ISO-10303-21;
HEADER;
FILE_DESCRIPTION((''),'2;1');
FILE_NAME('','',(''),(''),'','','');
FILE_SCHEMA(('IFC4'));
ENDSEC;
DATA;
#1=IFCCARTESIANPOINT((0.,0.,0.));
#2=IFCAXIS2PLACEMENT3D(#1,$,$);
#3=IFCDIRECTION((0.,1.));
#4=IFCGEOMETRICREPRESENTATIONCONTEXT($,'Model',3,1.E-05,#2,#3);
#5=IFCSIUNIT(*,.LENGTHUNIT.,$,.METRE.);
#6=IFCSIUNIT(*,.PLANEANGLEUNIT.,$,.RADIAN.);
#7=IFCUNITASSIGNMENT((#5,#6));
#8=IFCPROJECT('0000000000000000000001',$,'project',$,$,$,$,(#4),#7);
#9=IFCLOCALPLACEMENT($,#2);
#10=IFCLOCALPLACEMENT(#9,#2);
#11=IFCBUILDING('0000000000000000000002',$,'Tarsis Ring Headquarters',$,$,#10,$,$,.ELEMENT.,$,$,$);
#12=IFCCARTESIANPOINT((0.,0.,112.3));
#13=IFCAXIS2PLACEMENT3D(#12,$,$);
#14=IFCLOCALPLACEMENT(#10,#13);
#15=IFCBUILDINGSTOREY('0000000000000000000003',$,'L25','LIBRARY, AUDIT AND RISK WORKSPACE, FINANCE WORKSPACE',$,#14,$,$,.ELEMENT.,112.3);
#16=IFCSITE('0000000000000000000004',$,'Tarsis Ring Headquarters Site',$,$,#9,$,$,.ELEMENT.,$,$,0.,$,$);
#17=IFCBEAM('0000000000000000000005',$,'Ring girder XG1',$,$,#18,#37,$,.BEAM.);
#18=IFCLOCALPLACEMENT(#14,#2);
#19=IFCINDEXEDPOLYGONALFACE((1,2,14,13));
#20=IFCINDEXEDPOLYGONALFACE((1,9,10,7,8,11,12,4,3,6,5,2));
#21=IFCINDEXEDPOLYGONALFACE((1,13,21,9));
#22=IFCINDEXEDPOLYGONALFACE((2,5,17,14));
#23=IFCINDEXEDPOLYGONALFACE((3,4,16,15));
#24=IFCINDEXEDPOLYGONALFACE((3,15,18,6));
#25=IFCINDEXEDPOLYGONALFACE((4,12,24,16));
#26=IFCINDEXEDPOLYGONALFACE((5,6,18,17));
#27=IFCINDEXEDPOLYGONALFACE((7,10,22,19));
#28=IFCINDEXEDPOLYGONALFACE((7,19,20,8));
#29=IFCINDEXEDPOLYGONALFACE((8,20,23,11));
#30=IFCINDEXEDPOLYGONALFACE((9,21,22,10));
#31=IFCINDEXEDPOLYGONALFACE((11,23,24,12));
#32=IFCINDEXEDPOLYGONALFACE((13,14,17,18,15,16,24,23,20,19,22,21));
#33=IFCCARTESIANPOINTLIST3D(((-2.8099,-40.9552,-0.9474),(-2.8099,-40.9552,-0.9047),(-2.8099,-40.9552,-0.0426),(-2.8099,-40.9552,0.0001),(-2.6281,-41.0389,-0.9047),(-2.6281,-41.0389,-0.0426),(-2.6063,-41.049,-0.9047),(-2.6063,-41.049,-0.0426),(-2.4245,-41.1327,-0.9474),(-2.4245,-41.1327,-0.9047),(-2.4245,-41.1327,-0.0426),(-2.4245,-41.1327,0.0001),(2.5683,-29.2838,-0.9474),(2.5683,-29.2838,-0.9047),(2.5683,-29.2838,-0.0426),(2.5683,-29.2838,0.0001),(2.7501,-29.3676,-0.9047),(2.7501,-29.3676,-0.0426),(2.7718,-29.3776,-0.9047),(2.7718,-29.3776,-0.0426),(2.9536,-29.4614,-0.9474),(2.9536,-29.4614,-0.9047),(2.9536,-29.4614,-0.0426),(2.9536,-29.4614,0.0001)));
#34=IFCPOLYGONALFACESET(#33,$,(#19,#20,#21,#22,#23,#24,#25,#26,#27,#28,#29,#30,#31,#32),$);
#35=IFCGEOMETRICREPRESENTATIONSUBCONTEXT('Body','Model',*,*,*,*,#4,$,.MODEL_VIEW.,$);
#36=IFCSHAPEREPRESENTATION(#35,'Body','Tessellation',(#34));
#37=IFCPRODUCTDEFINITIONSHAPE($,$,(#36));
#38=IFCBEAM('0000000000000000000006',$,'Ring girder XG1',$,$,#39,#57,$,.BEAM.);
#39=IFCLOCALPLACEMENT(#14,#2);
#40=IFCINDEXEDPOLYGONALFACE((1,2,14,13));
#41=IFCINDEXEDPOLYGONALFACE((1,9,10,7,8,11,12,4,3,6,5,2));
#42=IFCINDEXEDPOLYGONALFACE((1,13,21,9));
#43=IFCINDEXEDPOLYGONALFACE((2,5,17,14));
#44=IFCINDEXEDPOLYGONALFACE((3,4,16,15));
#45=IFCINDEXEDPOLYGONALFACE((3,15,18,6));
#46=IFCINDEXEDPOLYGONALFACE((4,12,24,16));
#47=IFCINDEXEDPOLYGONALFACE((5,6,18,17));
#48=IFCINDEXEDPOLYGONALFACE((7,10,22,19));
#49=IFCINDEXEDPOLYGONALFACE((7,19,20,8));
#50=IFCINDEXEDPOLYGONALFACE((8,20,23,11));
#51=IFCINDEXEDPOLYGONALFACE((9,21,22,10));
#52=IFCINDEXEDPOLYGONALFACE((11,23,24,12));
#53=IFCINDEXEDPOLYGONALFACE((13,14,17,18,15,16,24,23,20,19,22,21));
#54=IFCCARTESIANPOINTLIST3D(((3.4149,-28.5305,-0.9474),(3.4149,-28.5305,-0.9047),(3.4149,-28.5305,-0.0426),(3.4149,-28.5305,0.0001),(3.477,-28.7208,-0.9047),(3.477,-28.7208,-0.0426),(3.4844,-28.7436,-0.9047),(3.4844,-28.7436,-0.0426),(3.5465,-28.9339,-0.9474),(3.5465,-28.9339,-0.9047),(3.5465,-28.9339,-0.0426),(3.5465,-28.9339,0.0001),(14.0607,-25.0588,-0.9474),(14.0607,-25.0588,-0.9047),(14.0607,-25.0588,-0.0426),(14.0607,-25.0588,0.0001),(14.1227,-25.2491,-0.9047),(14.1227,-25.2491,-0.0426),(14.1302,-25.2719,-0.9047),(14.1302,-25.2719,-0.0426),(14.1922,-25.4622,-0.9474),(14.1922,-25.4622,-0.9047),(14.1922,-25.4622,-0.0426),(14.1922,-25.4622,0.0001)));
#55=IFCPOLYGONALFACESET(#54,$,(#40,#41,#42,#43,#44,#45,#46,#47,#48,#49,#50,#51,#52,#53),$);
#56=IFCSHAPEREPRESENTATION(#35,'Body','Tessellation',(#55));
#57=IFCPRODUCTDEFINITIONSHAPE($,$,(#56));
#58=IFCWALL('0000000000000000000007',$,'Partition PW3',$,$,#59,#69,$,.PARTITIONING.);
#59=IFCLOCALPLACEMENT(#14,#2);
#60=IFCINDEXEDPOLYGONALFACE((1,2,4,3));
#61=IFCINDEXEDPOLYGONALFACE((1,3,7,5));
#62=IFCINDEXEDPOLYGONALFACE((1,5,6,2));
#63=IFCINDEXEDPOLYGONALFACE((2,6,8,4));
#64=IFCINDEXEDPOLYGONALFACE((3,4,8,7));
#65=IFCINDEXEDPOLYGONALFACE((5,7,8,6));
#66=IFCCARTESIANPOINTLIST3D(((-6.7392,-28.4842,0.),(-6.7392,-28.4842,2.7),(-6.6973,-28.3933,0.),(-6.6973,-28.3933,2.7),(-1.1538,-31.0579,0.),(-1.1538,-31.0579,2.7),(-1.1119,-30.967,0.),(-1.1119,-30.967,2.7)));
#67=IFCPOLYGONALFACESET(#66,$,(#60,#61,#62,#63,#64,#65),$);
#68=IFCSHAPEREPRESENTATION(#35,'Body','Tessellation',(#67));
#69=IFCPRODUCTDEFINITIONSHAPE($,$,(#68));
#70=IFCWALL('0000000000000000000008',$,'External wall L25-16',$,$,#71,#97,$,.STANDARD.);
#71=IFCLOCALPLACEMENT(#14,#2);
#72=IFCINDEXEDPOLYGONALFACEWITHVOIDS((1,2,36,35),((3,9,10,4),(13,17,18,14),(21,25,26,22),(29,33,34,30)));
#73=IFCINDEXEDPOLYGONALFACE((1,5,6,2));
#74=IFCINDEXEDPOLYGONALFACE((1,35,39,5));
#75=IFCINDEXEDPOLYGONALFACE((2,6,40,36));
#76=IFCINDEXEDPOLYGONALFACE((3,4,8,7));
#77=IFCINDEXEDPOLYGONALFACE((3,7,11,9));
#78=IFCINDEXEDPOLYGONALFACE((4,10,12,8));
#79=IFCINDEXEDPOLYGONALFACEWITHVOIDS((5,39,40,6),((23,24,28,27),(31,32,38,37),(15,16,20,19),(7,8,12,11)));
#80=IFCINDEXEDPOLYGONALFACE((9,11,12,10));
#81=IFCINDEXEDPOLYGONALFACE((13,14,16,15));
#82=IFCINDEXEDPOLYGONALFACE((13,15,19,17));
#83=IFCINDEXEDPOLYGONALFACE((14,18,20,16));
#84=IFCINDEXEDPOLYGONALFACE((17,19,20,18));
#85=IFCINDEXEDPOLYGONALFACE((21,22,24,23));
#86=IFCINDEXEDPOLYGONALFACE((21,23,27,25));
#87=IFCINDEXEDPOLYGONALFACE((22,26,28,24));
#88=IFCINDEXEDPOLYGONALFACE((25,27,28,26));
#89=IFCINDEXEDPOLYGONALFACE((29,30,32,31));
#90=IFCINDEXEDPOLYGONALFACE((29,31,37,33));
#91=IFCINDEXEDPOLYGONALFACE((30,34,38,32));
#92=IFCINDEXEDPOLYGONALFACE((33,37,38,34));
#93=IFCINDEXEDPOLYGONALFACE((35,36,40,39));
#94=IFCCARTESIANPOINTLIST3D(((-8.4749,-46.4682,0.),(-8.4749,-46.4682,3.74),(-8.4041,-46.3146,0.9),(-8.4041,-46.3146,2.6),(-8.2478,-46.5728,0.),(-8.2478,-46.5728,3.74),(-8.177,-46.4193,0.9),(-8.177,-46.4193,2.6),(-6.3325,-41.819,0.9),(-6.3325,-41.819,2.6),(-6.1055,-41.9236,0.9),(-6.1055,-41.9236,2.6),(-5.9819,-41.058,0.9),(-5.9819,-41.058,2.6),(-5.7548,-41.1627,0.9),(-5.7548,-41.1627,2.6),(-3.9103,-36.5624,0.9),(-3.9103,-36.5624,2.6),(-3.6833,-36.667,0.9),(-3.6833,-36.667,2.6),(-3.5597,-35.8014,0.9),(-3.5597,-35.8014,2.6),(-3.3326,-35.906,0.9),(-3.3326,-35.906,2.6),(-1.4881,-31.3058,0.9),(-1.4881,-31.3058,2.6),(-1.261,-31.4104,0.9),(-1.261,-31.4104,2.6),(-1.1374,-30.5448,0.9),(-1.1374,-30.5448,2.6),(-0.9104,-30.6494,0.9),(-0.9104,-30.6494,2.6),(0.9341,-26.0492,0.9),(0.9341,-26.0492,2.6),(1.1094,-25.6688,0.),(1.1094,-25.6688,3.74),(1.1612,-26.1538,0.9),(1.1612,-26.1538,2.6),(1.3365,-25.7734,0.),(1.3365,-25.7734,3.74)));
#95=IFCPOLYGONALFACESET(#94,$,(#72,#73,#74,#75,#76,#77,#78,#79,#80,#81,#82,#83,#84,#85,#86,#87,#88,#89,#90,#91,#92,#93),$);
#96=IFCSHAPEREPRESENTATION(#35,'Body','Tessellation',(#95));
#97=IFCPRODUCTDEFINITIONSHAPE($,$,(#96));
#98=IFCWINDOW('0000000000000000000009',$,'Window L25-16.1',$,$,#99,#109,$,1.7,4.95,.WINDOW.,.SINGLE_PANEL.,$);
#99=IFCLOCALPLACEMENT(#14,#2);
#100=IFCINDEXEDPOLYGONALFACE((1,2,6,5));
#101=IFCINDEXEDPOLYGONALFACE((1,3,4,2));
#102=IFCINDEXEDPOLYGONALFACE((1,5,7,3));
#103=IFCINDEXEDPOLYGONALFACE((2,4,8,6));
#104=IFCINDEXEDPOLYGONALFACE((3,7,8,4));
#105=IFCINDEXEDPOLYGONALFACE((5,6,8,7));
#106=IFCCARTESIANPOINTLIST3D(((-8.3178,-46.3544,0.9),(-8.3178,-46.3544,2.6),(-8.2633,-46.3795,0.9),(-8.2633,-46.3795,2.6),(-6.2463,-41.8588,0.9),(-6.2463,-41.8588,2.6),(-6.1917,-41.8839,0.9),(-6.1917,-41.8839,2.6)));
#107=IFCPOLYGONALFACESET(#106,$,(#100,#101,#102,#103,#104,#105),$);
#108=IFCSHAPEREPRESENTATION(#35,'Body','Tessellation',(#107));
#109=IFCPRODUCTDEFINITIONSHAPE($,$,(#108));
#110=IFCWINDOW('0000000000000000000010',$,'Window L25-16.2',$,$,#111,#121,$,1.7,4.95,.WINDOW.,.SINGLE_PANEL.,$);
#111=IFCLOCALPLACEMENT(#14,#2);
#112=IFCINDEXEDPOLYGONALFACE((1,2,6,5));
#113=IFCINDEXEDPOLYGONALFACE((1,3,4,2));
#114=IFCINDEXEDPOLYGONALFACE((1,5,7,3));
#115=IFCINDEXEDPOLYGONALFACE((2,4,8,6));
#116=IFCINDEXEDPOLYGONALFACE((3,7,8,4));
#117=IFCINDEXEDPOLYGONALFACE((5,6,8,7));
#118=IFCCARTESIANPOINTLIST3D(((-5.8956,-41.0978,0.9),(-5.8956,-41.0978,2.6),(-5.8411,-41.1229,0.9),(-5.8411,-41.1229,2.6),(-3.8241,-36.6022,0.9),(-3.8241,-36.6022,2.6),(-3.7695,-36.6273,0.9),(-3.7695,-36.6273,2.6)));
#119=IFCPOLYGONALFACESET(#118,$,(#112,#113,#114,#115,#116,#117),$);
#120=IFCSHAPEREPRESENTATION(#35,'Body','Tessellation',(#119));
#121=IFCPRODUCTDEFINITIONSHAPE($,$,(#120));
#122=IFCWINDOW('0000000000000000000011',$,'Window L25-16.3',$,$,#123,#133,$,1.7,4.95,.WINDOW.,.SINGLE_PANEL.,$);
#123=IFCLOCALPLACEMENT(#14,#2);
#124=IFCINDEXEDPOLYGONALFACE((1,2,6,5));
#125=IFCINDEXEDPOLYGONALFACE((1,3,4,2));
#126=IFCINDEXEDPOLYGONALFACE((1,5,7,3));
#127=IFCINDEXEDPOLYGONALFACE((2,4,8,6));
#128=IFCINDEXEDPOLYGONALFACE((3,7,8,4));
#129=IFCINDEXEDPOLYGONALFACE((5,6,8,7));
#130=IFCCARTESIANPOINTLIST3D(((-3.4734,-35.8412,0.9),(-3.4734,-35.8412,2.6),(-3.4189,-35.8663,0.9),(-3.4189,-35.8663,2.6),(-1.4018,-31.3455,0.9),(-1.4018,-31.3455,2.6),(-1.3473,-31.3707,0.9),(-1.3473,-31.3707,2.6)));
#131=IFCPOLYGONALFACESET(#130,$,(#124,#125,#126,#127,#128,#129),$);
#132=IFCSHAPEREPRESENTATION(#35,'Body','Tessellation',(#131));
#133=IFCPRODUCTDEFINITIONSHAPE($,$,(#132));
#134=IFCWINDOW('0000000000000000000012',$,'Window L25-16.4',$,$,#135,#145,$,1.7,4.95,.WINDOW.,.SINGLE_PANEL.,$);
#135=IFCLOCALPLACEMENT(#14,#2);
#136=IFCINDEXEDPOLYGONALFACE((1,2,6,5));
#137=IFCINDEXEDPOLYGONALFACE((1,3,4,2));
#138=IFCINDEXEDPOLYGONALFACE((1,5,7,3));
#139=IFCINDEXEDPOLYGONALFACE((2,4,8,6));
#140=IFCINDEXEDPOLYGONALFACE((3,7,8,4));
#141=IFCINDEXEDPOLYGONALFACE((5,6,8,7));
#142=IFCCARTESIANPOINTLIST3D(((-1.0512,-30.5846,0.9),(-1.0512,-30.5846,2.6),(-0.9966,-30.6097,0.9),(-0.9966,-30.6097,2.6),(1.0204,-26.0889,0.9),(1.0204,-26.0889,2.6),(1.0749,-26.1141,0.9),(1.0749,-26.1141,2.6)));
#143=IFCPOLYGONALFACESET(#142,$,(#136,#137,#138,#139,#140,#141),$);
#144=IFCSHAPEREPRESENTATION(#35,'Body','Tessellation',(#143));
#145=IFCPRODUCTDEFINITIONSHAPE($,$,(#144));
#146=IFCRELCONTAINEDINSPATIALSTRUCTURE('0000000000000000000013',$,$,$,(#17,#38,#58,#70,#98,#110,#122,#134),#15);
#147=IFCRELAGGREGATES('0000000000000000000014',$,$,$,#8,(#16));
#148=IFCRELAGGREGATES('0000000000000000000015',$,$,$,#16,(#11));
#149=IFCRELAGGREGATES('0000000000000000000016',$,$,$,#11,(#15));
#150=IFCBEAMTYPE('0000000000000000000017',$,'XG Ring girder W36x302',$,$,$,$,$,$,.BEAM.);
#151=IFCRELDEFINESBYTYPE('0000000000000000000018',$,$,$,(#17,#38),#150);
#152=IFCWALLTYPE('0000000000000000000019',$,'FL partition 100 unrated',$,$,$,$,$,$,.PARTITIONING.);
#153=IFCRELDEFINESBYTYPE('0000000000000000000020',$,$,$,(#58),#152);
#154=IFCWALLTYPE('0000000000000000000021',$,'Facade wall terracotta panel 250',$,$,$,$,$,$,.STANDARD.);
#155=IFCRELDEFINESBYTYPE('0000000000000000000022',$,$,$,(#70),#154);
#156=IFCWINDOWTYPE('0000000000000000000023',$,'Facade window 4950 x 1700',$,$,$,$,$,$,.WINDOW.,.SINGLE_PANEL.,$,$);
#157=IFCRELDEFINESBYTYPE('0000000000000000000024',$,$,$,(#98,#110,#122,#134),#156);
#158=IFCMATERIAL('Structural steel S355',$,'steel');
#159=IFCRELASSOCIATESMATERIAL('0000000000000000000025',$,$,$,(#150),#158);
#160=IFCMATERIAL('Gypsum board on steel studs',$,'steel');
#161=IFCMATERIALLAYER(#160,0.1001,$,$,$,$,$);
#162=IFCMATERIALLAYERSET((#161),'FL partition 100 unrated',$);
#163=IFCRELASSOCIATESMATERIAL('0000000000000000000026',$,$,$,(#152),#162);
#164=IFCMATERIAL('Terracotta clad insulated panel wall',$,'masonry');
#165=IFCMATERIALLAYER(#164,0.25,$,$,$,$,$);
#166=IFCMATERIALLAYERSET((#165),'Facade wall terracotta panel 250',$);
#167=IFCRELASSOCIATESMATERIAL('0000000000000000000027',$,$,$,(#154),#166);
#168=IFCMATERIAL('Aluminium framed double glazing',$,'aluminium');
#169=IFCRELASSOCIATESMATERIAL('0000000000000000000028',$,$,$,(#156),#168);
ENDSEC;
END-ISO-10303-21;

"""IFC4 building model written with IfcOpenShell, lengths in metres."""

from ifc_helpers import new_model, si_unit, direction, frame, frame_2d, origin, origin_2d, place, context, subcontext, project, spatial, rectangle, i_section, extrude, material, layer, layer_set, material_profile, profile_set, type_object, element, fill, save


model = new_model("IFC4")

# Units and contexts
model_context = context("Model", 3, precision=1e-05, world=origin(), true_north=direction((0.0, 1.0)))
body_context = subcontext(model_context, "Body", "Model", "MODEL_VIEW")
ifc_project = project(units=[si_unit("LENGTHUNIT", "METRE"), si_unit("PLANEANGLEUNIT", "RADIAN")], contexts=[model_context])

# Site, building, storey
site_placement = place(None, origin())
site = spatial("IfcSite", under=ifc_project, at=site_placement, Name="Tarsis Ring Headquarters Site", CompositionType="ELEMENT", RefElevation=0.0)
building_placement = place(site_placement, origin())
building = spatial("IfcBuilding", under=site, at=building_placement, Name="Tarsis Ring Headquarters", CompositionType="ELEMENT")
storey_placement = place(building_placement, frame((0.0, 0.0, 112.3)))
storey = spatial("IfcBuildingStorey", under=building, at=storey_placement, Name="L25", Description="LIBRARY, AUDIT AND RISK WORKSPACE, FINANCE WORKSPACE", CompositionType="ELEMENT", Elevation=112.3)

# Shared definitions
ifc_material_1 = material(Name="Structural steel S355", Category="steel")

# Beams
ifc_material_profile_1 = material_profile(ifc_material_1, i_section(OverallWidth=0.4243, OverallDepth=0.9475, WebThickness=0.0239, FlangeThickness=0.0427, at=origin_2d()), Name="W36x302")
ifc_profile_set_1 = profile_set([ifc_material_profile_1], Name="Structural steel S355")
beam_type = type_object("IfcBeamType", Name="XG Ring girder W36x302", PredefinedType="BEAM", material=ifc_profile_set_1)
beam_1_placement = place(storey_placement, frame((-2.6172, -41.0439, -0.4736), z_axis=(0.418505, 0.908214, 0.0), x_axis=(-0.908214, 0.418505, 0.0)))
element("IfcBeam", 1, at=beam_1_placement, inside=storey, type_object=beam_type, Name="Ring girder XG1", PredefinedType="BEAM", context=body_context, shape_type="SweptSolid", body=[
    extrude(i_section(OverallWidth=0.4243, OverallDepth=0.9475, WebThickness=0.0239, FlangeThickness=0.0427, at=origin_2d()), origin(), (0.0, 0.0, 1.0), 12.8508),
])
beam_2_placement = place(storey_placement, frame((3.4807, -28.7322, -0.4736), z_axis=(0.950724, 0.31004, 0.0), x_axis=(-0.31004, 0.950724, 0.0)))
element("IfcBeam", 2, at=beam_2_placement, inside=storey, type_object=beam_type, Name="Ring girder XG1", PredefinedType="BEAM", context=body_context, shape_type="SweptSolid", body=[
    extrude(i_section(OverallWidth=0.4243, OverallDepth=0.9475, WebThickness=0.0239, FlangeThickness=0.0427, at=origin_2d()), origin(), (0.0, 0.0, 1.0), 11.1975),
])

# Wall
ifc_material_2 = material(Name="Gypsum board on steel studs", Category="steel")
ifc_layer_1 = layer(ifc_material_2, 0.1001)
ifc_layer_set_1 = layer_set([ifc_layer_1], Name="FL partition 100 unrated")
wall_type_1 = type_object("IfcWallType", Name="FL partition 100 unrated", PredefinedType="PARTITIONING", material=ifc_layer_set_1)
wall_1_placement = place(storey_placement, frame((-6.7183, -28.4387, 0.0), z_axis=(0.0, 0.0, 1.0), x_axis=(0.908217, -0.418499, 0.0)))
element("IfcWall", 3, at=wall_1_placement, inside=storey, type_object=wall_type_1, Name="Partition PW3", PredefinedType="PARTITIONING", context=body_context, shape_type="SweptSolid", body=[
    extrude(rectangle(XDim=6.1499, YDim=0.1001, at=frame_2d((3.075, 0.0))), origin(), (0.0, 0.0, 1.0), 2.7),
])

# Wall, openings, windows
ifc_material_3 = material(Name="Terracotta clad insulated panel wall", Category="masonry")
ifc_layer_2 = layer(ifc_material_3, 0.25)
ifc_layer_set_2 = layer_set([ifc_layer_2], Name="Facade wall terracotta panel 250")
wall_type_2 = type_object("IfcWallType", Name="Facade wall terracotta panel 250", PredefinedType="STANDARD", material=ifc_layer_set_2)
wall_2_placement = place(storey_placement, frame((-8.3613, -46.5205, 0.0), z_axis=(0.0, 0.0, 1.0), x_axis=(0.418502, 0.908216, 0.0)))
wall_2 = element("IfcWall", 4, at=wall_2_placement, inside=storey, type_object=wall_type_2, Name="External wall L25-16", PredefinedType="STANDARD", context=body_context, shape_type="SweptSolid", body=[
    extrude(rectangle(XDim=22.9014, YDim=0.25, at=frame_2d((11.4507, 0.0))), origin(), (0.0, 0.0, 1.0), 3.74),
])
opening_1_placement = place(wall_2_placement, frame((0.1689, 0.0, 0.8999)))
opening_1 = element("IfcOpeningElement", 5, at=opening_1_placement, cuts=wall_2, PredefinedType="OPENING", context=body_context, shape_type="SweptSolid", body=[
    extrude(rectangle(XDim=4.95, YDim=1.7, at=frame_2d((2.4751, 0.8501))), frame((0.0, 0.135, 0.0), z_axis=(0.0, -1.0, 0.0), x_axis=(1.0, 0.0, 0.0)), (0.0, 0.0, 1.0), 0.27),
])
opening_2_placement = place(wall_2_placement, frame((5.9568, 0.0, 0.8999)))
opening_2 = element("IfcOpeningElement", 6, at=opening_2_placement, cuts=wall_2, PredefinedType="OPENING", context=body_context, shape_type="SweptSolid", body=[
    extrude(rectangle(XDim=4.95, YDim=1.7, at=frame_2d((2.4751, 0.8501))), frame((0.0, 0.135, 0.0), z_axis=(0.0, -1.0, 0.0), x_axis=(1.0, 0.0, 0.0)), (0.0, 0.0, 1.0), 0.27),
])
opening_3_placement = place(wall_2_placement, frame((11.7446, 0.0, 0.8999)))
opening_3 = element("IfcOpeningElement", 7, at=opening_3_placement, cuts=wall_2, PredefinedType="OPENING", context=body_context, shape_type="SweptSolid", body=[
    extrude(rectangle(XDim=4.95, YDim=1.7, at=frame_2d((2.4751, 0.8501))), frame((0.0, 0.135, 0.0), z_axis=(0.0, -1.0, 0.0), x_axis=(1.0, 0.0, 0.0)), (0.0, 0.0, 1.0), 0.27),
])
opening_4_placement = place(wall_2_placement, frame((17.5325, 0.0, 0.8999)))
opening_4 = element("IfcOpeningElement", 8, at=opening_4_placement, cuts=wall_2, PredefinedType="OPENING", context=body_context, shape_type="SweptSolid", body=[
    extrude(rectangle(XDim=4.95, YDim=1.7, at=frame_2d((2.4751, 0.8501))), frame((0.0, 0.135, 0.0), z_axis=(0.0, -1.0, 0.0), x_axis=(1.0, 0.0, 0.0)), (0.0, 0.0, 1.0), 0.27),
])
ifc_material_4 = material(Name="Aluminium framed double glazing", Category="aluminium")
window_type_1 = type_object("IfcWindowType", Name="Facade window 4950 x 1700", PartitioningType="SINGLE_PANEL", PredefinedType="WINDOW", material=ifc_material_4)
window_1_placement = place(opening_1_placement, origin())
window_1 = element("IfcWindow", 9, at=window_1_placement, inside=storey, type_object=window_type_1, Name="Window L25-16.1", OverallHeight=1.7, OverallWidth=4.95, PartitioningType="SINGLE_PANEL", PredefinedType="WINDOW", context=body_context, shape_type="SweptSolid", body=[
    extrude(rectangle(XDim=4.95, YDim=1.7, at=frame_2d((2.4751, 0.8501))), frame((0.0, 0.03, 0.0), z_axis=(0.0, -1.0, 0.0), x_axis=(1.0, 0.0, 0.0)), (0.0, 0.0, 1.0), 0.0601),
])
fill(opening_1, window_1)
window_2_placement = place(opening_2_placement, origin())
window_2 = element("IfcWindow", 10, at=window_2_placement, inside=storey, type_object=window_type_1, Name="Window L25-16.2", OverallHeight=1.7, OverallWidth=4.95, PartitioningType="SINGLE_PANEL", PredefinedType="WINDOW", context=body_context, shape_type="SweptSolid", body=[
    extrude(rectangle(XDim=4.95, YDim=1.7, at=frame_2d((2.4751, 0.8501))), frame((0.0, 0.03, 0.0), z_axis=(0.0, -1.0, 0.0), x_axis=(1.0, 0.0, 0.0)), (0.0, 0.0, 1.0), 0.0601),
])
fill(opening_2, window_2)
window_3_placement = place(opening_3_placement, origin())
window_3 = element("IfcWindow", 11, at=window_3_placement, inside=storey, type_object=window_type_1, Name="Window L25-16.3", OverallHeight=1.7, OverallWidth=4.95, PartitioningType="SINGLE_PANEL", PredefinedType="WINDOW", context=body_context, shape_type="SweptSolid", body=[
    extrude(rectangle(XDim=4.95, YDim=1.7, at=frame_2d((2.4751, 0.8501))), frame((0.0, 0.03, 0.0), z_axis=(0.0, -1.0, 0.0), x_axis=(1.0, 0.0, 0.0)), (0.0, 0.0, 1.0), 0.0601),
])
fill(opening_3, window_3)
window_4_placement = place(opening_4_placement, origin())
window_4 = element("IfcWindow", 12, at=window_4_placement, inside=storey, type_object=window_type_1, Name="Window L25-16.4", OverallHeight=1.7, OverallWidth=4.95, PartitioningType="SINGLE_PANEL", PredefinedType="WINDOW", context=body_context, shape_type="SweptSolid", body=[
    extrude(rectangle(XDim=4.95, YDim=1.7, at=frame_2d((2.4751, 0.8501))), frame((0.0, 0.03, 0.0), z_axis=(0.0, -1.0, 0.0), x_axis=(1.0, 0.0, 0.0)), (0.0, 0.0, 1.0), 0.0601),
])
fill(opening_4, window_4)

save(model, "model.ifc")
